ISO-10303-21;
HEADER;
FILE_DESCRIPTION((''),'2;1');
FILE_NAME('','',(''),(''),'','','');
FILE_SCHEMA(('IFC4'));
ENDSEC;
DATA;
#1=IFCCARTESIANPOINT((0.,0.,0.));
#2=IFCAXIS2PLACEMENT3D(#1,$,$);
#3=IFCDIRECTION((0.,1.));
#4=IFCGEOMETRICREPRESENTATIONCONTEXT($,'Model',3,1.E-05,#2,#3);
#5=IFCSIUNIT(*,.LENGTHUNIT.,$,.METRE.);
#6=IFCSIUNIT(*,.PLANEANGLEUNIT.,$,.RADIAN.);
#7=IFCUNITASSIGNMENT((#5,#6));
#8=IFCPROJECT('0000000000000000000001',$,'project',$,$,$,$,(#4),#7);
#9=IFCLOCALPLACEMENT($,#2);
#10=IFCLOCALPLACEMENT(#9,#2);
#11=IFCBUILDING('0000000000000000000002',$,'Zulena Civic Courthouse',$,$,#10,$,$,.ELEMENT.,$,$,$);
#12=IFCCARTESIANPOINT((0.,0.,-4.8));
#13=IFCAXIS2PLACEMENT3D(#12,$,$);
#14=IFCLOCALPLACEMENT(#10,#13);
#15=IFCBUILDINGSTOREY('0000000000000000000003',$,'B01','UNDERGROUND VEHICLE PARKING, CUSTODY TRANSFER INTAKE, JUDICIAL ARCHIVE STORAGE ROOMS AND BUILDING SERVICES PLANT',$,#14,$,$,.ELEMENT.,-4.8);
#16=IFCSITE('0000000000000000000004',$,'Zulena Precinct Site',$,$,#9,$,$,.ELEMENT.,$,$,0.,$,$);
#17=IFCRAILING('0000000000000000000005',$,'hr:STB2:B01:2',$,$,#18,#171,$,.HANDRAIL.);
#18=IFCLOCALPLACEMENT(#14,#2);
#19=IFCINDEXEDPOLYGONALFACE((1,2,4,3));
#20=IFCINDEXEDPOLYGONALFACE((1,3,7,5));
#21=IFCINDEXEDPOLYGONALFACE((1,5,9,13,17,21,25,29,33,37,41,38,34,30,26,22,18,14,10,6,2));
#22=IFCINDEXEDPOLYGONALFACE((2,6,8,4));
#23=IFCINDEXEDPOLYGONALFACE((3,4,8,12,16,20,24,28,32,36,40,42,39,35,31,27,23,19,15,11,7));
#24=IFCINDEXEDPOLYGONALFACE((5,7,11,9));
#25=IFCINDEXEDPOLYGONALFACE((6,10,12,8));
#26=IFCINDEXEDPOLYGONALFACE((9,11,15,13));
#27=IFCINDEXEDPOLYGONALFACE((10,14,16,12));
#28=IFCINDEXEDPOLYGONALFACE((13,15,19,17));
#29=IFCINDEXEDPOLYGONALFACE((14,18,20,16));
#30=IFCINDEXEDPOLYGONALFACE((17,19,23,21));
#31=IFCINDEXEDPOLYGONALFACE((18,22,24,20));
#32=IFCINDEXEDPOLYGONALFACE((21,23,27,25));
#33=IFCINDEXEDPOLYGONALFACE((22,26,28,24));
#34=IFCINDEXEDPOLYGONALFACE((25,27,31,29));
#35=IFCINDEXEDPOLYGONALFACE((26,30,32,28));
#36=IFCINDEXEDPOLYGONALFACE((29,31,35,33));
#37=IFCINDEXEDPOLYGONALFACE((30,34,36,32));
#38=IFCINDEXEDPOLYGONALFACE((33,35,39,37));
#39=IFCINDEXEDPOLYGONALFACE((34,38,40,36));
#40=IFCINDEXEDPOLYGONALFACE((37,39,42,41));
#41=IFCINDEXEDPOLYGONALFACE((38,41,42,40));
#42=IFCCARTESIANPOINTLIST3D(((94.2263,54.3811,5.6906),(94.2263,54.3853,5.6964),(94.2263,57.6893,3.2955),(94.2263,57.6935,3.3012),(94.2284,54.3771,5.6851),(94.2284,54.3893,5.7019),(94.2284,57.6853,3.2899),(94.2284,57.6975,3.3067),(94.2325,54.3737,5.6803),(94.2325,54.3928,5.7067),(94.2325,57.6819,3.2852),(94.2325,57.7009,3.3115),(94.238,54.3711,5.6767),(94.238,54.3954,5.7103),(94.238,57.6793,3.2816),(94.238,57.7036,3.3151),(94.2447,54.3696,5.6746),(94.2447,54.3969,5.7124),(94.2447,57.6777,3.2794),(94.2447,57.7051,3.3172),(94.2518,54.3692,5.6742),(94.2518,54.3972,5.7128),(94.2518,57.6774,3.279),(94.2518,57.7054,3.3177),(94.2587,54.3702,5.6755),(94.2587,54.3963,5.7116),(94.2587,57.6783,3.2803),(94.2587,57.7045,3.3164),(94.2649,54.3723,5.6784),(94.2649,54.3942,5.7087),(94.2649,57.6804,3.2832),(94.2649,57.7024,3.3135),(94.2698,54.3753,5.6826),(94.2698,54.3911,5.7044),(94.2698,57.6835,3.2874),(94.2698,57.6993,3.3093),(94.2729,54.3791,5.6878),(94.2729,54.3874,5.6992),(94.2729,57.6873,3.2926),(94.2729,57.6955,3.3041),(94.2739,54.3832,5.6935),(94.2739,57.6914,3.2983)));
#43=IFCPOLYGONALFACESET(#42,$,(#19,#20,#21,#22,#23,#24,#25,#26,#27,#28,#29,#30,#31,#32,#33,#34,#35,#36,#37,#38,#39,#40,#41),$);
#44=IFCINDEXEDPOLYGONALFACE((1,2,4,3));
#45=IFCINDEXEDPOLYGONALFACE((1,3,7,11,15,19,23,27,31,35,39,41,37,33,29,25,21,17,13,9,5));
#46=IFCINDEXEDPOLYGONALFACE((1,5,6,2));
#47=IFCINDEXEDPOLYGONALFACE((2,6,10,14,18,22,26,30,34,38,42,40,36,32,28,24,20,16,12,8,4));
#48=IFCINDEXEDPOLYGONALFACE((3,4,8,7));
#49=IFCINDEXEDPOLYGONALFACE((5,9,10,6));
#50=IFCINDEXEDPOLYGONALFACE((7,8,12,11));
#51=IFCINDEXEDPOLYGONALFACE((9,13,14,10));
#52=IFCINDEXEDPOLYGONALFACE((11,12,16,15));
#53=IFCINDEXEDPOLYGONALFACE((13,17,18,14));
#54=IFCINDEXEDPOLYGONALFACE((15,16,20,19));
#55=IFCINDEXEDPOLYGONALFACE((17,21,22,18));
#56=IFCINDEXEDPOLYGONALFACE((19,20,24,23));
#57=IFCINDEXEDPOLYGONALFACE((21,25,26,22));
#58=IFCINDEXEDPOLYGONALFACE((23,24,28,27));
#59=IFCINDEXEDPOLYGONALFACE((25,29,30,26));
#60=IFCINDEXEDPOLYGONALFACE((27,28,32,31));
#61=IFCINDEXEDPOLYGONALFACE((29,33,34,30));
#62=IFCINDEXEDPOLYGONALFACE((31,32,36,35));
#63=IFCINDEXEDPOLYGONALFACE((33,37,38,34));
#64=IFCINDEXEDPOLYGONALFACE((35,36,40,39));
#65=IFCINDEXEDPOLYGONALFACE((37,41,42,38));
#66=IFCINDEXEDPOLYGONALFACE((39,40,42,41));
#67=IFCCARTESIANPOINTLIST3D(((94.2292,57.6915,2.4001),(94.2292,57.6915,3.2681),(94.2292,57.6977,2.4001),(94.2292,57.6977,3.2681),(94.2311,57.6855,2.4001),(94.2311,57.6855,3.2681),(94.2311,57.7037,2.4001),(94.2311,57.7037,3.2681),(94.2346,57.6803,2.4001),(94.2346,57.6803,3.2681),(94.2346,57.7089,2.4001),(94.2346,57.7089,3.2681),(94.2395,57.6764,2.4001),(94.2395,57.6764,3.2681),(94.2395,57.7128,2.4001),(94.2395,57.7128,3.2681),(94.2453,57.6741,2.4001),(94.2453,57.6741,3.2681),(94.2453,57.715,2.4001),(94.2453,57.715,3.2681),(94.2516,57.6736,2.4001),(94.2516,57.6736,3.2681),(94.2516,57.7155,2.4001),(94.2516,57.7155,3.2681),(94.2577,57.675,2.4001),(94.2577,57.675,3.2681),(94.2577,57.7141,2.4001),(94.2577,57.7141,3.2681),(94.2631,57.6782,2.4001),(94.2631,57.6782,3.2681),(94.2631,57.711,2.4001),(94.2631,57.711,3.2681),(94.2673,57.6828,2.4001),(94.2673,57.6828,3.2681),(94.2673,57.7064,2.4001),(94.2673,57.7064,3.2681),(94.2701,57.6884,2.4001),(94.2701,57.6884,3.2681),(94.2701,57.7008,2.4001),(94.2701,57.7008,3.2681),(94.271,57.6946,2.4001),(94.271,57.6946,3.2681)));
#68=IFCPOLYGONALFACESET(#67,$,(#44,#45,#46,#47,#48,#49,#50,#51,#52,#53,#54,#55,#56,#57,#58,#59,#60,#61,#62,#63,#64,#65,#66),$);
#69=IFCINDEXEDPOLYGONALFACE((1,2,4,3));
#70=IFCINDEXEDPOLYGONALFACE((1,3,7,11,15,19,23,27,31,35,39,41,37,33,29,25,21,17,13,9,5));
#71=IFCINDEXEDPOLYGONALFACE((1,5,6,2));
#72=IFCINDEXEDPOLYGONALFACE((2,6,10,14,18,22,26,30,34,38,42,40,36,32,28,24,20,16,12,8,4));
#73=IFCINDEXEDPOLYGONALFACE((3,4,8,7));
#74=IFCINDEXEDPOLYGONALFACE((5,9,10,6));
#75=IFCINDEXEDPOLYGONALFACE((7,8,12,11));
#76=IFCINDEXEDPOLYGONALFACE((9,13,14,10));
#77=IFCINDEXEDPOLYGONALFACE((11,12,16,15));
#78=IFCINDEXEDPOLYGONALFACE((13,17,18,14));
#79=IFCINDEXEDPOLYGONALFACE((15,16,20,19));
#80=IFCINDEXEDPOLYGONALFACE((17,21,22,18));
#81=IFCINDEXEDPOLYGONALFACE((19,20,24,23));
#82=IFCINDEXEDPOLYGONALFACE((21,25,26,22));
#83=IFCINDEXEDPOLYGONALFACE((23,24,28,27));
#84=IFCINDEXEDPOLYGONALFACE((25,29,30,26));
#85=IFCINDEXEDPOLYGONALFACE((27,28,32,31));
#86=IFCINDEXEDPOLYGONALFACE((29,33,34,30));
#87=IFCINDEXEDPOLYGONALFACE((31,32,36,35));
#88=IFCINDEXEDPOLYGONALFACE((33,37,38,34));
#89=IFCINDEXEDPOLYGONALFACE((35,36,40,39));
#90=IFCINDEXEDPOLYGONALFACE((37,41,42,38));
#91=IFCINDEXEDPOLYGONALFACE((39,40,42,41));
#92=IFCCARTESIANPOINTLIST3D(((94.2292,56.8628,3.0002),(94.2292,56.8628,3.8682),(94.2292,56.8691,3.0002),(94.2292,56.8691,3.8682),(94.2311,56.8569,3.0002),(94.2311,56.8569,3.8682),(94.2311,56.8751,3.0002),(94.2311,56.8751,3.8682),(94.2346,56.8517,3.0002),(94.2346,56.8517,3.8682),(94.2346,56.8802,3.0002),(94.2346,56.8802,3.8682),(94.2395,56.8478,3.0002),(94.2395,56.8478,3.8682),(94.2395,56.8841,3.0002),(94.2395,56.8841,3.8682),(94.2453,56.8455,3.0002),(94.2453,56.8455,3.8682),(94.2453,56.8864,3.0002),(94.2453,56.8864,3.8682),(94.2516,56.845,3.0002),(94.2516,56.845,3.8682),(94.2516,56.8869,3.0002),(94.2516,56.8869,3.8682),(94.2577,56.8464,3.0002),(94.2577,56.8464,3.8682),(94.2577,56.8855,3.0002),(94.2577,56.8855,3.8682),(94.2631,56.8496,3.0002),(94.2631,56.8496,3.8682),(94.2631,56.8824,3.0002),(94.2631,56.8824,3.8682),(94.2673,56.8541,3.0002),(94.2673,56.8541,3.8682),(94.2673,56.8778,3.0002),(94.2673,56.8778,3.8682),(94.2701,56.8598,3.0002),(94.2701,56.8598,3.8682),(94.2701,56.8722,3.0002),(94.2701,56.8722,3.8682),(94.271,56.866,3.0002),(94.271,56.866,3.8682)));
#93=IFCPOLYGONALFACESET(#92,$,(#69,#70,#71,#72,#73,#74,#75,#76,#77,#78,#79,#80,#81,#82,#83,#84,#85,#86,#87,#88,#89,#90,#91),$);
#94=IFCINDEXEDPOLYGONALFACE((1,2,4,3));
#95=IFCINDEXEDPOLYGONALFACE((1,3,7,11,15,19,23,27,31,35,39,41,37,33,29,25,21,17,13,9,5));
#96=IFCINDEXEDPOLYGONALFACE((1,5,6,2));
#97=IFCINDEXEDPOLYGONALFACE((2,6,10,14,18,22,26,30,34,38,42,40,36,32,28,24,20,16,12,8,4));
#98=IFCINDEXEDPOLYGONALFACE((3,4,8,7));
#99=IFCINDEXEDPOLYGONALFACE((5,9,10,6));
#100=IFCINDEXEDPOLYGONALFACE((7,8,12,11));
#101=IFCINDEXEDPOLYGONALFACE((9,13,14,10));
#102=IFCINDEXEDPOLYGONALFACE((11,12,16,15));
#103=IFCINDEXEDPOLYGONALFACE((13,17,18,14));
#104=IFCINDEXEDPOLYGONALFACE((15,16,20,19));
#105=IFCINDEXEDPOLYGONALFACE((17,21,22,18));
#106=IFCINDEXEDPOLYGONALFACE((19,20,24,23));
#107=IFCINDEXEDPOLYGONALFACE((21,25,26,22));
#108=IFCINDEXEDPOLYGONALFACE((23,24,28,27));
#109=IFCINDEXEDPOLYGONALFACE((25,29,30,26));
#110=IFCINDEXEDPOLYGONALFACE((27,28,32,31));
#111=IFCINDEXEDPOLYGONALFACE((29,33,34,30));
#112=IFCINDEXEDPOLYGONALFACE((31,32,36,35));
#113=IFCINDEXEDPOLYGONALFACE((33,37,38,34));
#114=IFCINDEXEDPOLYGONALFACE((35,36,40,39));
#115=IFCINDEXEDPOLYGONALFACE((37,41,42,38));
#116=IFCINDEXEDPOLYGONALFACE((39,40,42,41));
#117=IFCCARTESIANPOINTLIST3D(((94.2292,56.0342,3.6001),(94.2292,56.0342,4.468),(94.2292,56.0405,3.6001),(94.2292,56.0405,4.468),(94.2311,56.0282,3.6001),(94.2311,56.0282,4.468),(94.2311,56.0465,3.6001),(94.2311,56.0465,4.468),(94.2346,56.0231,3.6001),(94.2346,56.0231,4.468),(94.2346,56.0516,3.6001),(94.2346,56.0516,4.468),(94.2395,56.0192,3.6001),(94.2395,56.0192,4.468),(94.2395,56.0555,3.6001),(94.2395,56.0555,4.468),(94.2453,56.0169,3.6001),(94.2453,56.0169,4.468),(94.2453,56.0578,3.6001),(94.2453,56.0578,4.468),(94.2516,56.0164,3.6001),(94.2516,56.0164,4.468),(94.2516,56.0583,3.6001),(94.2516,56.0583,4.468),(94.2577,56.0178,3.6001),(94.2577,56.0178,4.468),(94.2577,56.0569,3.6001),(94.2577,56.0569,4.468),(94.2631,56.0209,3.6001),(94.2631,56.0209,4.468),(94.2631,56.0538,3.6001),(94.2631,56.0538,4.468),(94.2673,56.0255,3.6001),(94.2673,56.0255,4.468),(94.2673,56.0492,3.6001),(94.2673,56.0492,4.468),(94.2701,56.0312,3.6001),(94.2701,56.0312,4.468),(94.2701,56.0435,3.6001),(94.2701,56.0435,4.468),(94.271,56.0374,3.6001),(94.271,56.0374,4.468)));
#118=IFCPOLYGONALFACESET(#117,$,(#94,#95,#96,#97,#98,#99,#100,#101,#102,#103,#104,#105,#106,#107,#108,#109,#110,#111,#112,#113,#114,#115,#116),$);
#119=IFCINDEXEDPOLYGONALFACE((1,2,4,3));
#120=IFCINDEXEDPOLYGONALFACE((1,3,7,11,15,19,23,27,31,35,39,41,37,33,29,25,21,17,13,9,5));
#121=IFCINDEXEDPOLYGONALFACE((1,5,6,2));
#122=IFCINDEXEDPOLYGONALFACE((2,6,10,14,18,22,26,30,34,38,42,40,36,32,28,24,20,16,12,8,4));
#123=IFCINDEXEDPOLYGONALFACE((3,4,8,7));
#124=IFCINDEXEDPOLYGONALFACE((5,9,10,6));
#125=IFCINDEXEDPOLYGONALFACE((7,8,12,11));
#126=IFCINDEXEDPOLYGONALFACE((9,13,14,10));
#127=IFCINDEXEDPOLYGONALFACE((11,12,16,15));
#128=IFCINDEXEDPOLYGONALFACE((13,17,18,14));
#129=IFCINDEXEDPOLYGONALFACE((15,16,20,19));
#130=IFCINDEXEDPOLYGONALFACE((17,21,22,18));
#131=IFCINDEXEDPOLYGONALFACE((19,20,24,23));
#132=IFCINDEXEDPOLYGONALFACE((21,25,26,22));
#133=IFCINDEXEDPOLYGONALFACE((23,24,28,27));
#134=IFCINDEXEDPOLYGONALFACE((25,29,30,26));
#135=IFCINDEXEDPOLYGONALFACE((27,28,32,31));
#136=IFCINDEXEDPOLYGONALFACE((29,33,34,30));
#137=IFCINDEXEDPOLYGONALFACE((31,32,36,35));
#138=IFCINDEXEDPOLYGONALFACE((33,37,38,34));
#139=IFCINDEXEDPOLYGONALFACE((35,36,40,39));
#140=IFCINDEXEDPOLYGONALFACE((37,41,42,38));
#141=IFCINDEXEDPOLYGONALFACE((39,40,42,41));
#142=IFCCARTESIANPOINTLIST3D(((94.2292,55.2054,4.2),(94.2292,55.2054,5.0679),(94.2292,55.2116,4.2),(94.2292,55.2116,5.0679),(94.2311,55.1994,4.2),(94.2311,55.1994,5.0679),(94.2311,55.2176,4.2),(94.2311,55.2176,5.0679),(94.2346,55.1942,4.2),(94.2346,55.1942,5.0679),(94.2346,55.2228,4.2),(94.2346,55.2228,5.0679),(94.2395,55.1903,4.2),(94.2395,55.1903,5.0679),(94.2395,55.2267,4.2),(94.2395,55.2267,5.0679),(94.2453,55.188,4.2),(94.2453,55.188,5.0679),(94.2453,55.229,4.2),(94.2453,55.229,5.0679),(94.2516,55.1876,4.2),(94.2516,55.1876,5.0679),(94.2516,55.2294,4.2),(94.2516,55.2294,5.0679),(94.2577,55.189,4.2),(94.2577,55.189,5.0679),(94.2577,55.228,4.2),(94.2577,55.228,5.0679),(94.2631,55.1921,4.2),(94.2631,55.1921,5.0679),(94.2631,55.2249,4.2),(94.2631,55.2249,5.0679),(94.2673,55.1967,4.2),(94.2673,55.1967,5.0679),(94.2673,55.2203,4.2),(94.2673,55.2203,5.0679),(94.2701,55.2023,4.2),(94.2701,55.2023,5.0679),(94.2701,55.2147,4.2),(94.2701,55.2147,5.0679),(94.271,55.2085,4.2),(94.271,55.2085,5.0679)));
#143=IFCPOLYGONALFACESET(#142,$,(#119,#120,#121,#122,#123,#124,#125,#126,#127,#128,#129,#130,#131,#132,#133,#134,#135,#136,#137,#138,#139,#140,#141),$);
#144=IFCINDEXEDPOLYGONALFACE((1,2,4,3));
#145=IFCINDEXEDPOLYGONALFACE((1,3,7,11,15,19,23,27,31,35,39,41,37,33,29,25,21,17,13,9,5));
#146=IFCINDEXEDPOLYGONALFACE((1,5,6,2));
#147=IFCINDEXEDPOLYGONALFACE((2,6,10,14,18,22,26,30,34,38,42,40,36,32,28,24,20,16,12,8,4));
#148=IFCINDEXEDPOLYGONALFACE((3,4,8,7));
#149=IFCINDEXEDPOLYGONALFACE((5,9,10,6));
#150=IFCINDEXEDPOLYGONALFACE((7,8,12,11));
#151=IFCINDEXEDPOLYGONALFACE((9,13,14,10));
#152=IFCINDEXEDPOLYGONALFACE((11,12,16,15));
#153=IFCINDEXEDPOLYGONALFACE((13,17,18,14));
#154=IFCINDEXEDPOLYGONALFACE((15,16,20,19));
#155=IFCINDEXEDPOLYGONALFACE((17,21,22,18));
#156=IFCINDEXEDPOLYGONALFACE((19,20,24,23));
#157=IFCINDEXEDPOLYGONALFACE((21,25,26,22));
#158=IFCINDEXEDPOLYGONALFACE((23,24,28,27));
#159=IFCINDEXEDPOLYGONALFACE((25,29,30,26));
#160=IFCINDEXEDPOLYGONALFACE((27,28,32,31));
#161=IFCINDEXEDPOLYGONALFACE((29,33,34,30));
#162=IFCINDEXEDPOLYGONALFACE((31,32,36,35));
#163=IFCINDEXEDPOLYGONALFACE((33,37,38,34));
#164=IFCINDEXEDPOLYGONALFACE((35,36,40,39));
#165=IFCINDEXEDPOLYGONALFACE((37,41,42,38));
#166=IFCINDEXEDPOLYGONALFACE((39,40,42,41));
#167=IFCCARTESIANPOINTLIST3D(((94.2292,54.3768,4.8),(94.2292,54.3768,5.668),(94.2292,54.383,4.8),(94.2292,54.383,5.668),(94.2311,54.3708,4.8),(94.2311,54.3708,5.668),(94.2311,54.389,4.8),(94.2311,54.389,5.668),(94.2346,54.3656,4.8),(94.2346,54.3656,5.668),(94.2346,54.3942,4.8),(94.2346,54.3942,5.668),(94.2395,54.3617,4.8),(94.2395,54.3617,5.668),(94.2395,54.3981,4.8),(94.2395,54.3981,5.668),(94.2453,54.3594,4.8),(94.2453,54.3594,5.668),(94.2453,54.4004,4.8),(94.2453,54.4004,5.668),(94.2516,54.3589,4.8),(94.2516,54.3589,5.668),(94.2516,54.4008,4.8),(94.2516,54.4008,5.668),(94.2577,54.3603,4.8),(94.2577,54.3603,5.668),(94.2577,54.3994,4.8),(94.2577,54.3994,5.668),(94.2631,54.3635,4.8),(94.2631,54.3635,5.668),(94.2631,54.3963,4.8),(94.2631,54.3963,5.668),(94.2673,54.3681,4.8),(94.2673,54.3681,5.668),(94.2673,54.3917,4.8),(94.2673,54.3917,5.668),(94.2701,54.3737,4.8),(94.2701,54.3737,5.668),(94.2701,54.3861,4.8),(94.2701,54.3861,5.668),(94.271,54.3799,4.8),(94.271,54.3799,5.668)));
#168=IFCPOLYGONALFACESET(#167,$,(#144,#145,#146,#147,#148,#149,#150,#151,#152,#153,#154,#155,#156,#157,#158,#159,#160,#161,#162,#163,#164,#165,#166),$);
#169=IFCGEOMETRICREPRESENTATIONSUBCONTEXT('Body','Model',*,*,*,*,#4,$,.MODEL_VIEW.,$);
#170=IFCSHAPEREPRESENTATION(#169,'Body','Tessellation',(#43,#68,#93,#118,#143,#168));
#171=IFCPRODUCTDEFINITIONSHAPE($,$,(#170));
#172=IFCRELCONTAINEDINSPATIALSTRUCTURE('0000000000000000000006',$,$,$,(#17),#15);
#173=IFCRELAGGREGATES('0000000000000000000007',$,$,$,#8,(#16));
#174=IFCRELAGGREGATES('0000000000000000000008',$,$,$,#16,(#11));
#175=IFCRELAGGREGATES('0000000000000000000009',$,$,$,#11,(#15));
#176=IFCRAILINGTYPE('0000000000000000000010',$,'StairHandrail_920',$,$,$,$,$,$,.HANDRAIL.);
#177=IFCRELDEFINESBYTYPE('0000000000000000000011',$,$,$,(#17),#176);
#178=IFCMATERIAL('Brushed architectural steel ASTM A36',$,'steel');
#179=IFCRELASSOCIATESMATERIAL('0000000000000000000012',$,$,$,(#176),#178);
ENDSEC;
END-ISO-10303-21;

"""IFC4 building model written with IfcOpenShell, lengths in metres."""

from ifc_helpers import new_model, si_unit, direction, frame, origin, origin_2d, place, context, subcontext, project, spatial, circle, extrude, material, type_object, element, save


model = new_model("IFC4")

# Units and contexts
model_context = context("Model", 3, precision=1e-05, world=origin(), true_north=direction((0.0, 1.0)))
body_context = subcontext(model_context, "Body", "Model", "MODEL_VIEW")
ifc_project = project(units=[si_unit("LENGTHUNIT", "METRE"), si_unit("PLANEANGLEUNIT", "RADIAN")], contexts=[model_context])

# Site, building, storey
site_placement = place(None, origin())
site = spatial("IfcSite", under=ifc_project, at=site_placement, Name="Zulena Precinct Site", CompositionType="ELEMENT", RefElevation=0.0)
building_placement = place(site_placement, origin())
building = spatial("IfcBuilding", under=site, at=building_placement, Name="Zulena Civic Courthouse", CompositionType="ELEMENT")
storey_placement = place(building_placement, frame((0.0, 0.0, -4.8)))
storey = spatial("IfcBuildingStorey", under=building, at=storey_placement, Name="B01", Description="UNDERGROUND VEHICLE PARKING, CUSTODY TRANSFER INTAKE, JUDICIAL ARCHIVE STORAGE ROOMS AND BUILDING SERVICES PLANT", CompositionType="ELEMENT", Elevation=-4.8)

# Railing
ifc_material_1 = material(Name="Brushed architectural steel ASTM A36", Category="steel")
railing_type_1 = type_object("IfcRailingType", Name="StairHandrail_920", PredefinedType="HANDRAIL", material=ifc_material_1)
railing_1_placement = place(storey_placement, frame((94.25, 57.6946, 2.4001)))
element("IfcRailing", 1, at=railing_1_placement, inside=storey, type_object=railing_type_1, Name="hr:STB2:B01:2", PredefinedType="HANDRAIL", context=body_context, shape_type="SweptSolid", body=[
    extrude(circle(Radius=0.0239, at=origin_2d()), frame((0.0, -0.0032, 0.8982), z_axis=(0.0, -0.809988, 0.586446), x_axis=(1.0, 0.0, 0.0)), (0.0, 0.0, 1.0), 4.0842),
    extrude(circle(Radius=0.021, at=origin_2d()), origin(), (0.0, 0.0, 1.0), 0.8679),
    extrude(circle(Radius=0.021, at=origin_2d()), frame((0.0, -0.8286, 0.6001)), (0.0, 0.0, 1.0), 0.8679),
    extrude(circle(Radius=0.021, at=origin_2d()), frame((0.0, -1.6572, 1.2)), (0.0, 0.0, 1.0), 0.8679),
    extrude(circle(Radius=0.021, at=origin_2d()), frame((0.0, -2.4861, 1.7998)), (0.0, 0.0, 1.0), 0.8679),
    extrude(circle(Radius=0.021, at=origin_2d()), frame((0.0, -3.3147, 2.3999)), (0.0, 0.0, 1.0), 0.8679),
])

save(model, "model.ifc")
